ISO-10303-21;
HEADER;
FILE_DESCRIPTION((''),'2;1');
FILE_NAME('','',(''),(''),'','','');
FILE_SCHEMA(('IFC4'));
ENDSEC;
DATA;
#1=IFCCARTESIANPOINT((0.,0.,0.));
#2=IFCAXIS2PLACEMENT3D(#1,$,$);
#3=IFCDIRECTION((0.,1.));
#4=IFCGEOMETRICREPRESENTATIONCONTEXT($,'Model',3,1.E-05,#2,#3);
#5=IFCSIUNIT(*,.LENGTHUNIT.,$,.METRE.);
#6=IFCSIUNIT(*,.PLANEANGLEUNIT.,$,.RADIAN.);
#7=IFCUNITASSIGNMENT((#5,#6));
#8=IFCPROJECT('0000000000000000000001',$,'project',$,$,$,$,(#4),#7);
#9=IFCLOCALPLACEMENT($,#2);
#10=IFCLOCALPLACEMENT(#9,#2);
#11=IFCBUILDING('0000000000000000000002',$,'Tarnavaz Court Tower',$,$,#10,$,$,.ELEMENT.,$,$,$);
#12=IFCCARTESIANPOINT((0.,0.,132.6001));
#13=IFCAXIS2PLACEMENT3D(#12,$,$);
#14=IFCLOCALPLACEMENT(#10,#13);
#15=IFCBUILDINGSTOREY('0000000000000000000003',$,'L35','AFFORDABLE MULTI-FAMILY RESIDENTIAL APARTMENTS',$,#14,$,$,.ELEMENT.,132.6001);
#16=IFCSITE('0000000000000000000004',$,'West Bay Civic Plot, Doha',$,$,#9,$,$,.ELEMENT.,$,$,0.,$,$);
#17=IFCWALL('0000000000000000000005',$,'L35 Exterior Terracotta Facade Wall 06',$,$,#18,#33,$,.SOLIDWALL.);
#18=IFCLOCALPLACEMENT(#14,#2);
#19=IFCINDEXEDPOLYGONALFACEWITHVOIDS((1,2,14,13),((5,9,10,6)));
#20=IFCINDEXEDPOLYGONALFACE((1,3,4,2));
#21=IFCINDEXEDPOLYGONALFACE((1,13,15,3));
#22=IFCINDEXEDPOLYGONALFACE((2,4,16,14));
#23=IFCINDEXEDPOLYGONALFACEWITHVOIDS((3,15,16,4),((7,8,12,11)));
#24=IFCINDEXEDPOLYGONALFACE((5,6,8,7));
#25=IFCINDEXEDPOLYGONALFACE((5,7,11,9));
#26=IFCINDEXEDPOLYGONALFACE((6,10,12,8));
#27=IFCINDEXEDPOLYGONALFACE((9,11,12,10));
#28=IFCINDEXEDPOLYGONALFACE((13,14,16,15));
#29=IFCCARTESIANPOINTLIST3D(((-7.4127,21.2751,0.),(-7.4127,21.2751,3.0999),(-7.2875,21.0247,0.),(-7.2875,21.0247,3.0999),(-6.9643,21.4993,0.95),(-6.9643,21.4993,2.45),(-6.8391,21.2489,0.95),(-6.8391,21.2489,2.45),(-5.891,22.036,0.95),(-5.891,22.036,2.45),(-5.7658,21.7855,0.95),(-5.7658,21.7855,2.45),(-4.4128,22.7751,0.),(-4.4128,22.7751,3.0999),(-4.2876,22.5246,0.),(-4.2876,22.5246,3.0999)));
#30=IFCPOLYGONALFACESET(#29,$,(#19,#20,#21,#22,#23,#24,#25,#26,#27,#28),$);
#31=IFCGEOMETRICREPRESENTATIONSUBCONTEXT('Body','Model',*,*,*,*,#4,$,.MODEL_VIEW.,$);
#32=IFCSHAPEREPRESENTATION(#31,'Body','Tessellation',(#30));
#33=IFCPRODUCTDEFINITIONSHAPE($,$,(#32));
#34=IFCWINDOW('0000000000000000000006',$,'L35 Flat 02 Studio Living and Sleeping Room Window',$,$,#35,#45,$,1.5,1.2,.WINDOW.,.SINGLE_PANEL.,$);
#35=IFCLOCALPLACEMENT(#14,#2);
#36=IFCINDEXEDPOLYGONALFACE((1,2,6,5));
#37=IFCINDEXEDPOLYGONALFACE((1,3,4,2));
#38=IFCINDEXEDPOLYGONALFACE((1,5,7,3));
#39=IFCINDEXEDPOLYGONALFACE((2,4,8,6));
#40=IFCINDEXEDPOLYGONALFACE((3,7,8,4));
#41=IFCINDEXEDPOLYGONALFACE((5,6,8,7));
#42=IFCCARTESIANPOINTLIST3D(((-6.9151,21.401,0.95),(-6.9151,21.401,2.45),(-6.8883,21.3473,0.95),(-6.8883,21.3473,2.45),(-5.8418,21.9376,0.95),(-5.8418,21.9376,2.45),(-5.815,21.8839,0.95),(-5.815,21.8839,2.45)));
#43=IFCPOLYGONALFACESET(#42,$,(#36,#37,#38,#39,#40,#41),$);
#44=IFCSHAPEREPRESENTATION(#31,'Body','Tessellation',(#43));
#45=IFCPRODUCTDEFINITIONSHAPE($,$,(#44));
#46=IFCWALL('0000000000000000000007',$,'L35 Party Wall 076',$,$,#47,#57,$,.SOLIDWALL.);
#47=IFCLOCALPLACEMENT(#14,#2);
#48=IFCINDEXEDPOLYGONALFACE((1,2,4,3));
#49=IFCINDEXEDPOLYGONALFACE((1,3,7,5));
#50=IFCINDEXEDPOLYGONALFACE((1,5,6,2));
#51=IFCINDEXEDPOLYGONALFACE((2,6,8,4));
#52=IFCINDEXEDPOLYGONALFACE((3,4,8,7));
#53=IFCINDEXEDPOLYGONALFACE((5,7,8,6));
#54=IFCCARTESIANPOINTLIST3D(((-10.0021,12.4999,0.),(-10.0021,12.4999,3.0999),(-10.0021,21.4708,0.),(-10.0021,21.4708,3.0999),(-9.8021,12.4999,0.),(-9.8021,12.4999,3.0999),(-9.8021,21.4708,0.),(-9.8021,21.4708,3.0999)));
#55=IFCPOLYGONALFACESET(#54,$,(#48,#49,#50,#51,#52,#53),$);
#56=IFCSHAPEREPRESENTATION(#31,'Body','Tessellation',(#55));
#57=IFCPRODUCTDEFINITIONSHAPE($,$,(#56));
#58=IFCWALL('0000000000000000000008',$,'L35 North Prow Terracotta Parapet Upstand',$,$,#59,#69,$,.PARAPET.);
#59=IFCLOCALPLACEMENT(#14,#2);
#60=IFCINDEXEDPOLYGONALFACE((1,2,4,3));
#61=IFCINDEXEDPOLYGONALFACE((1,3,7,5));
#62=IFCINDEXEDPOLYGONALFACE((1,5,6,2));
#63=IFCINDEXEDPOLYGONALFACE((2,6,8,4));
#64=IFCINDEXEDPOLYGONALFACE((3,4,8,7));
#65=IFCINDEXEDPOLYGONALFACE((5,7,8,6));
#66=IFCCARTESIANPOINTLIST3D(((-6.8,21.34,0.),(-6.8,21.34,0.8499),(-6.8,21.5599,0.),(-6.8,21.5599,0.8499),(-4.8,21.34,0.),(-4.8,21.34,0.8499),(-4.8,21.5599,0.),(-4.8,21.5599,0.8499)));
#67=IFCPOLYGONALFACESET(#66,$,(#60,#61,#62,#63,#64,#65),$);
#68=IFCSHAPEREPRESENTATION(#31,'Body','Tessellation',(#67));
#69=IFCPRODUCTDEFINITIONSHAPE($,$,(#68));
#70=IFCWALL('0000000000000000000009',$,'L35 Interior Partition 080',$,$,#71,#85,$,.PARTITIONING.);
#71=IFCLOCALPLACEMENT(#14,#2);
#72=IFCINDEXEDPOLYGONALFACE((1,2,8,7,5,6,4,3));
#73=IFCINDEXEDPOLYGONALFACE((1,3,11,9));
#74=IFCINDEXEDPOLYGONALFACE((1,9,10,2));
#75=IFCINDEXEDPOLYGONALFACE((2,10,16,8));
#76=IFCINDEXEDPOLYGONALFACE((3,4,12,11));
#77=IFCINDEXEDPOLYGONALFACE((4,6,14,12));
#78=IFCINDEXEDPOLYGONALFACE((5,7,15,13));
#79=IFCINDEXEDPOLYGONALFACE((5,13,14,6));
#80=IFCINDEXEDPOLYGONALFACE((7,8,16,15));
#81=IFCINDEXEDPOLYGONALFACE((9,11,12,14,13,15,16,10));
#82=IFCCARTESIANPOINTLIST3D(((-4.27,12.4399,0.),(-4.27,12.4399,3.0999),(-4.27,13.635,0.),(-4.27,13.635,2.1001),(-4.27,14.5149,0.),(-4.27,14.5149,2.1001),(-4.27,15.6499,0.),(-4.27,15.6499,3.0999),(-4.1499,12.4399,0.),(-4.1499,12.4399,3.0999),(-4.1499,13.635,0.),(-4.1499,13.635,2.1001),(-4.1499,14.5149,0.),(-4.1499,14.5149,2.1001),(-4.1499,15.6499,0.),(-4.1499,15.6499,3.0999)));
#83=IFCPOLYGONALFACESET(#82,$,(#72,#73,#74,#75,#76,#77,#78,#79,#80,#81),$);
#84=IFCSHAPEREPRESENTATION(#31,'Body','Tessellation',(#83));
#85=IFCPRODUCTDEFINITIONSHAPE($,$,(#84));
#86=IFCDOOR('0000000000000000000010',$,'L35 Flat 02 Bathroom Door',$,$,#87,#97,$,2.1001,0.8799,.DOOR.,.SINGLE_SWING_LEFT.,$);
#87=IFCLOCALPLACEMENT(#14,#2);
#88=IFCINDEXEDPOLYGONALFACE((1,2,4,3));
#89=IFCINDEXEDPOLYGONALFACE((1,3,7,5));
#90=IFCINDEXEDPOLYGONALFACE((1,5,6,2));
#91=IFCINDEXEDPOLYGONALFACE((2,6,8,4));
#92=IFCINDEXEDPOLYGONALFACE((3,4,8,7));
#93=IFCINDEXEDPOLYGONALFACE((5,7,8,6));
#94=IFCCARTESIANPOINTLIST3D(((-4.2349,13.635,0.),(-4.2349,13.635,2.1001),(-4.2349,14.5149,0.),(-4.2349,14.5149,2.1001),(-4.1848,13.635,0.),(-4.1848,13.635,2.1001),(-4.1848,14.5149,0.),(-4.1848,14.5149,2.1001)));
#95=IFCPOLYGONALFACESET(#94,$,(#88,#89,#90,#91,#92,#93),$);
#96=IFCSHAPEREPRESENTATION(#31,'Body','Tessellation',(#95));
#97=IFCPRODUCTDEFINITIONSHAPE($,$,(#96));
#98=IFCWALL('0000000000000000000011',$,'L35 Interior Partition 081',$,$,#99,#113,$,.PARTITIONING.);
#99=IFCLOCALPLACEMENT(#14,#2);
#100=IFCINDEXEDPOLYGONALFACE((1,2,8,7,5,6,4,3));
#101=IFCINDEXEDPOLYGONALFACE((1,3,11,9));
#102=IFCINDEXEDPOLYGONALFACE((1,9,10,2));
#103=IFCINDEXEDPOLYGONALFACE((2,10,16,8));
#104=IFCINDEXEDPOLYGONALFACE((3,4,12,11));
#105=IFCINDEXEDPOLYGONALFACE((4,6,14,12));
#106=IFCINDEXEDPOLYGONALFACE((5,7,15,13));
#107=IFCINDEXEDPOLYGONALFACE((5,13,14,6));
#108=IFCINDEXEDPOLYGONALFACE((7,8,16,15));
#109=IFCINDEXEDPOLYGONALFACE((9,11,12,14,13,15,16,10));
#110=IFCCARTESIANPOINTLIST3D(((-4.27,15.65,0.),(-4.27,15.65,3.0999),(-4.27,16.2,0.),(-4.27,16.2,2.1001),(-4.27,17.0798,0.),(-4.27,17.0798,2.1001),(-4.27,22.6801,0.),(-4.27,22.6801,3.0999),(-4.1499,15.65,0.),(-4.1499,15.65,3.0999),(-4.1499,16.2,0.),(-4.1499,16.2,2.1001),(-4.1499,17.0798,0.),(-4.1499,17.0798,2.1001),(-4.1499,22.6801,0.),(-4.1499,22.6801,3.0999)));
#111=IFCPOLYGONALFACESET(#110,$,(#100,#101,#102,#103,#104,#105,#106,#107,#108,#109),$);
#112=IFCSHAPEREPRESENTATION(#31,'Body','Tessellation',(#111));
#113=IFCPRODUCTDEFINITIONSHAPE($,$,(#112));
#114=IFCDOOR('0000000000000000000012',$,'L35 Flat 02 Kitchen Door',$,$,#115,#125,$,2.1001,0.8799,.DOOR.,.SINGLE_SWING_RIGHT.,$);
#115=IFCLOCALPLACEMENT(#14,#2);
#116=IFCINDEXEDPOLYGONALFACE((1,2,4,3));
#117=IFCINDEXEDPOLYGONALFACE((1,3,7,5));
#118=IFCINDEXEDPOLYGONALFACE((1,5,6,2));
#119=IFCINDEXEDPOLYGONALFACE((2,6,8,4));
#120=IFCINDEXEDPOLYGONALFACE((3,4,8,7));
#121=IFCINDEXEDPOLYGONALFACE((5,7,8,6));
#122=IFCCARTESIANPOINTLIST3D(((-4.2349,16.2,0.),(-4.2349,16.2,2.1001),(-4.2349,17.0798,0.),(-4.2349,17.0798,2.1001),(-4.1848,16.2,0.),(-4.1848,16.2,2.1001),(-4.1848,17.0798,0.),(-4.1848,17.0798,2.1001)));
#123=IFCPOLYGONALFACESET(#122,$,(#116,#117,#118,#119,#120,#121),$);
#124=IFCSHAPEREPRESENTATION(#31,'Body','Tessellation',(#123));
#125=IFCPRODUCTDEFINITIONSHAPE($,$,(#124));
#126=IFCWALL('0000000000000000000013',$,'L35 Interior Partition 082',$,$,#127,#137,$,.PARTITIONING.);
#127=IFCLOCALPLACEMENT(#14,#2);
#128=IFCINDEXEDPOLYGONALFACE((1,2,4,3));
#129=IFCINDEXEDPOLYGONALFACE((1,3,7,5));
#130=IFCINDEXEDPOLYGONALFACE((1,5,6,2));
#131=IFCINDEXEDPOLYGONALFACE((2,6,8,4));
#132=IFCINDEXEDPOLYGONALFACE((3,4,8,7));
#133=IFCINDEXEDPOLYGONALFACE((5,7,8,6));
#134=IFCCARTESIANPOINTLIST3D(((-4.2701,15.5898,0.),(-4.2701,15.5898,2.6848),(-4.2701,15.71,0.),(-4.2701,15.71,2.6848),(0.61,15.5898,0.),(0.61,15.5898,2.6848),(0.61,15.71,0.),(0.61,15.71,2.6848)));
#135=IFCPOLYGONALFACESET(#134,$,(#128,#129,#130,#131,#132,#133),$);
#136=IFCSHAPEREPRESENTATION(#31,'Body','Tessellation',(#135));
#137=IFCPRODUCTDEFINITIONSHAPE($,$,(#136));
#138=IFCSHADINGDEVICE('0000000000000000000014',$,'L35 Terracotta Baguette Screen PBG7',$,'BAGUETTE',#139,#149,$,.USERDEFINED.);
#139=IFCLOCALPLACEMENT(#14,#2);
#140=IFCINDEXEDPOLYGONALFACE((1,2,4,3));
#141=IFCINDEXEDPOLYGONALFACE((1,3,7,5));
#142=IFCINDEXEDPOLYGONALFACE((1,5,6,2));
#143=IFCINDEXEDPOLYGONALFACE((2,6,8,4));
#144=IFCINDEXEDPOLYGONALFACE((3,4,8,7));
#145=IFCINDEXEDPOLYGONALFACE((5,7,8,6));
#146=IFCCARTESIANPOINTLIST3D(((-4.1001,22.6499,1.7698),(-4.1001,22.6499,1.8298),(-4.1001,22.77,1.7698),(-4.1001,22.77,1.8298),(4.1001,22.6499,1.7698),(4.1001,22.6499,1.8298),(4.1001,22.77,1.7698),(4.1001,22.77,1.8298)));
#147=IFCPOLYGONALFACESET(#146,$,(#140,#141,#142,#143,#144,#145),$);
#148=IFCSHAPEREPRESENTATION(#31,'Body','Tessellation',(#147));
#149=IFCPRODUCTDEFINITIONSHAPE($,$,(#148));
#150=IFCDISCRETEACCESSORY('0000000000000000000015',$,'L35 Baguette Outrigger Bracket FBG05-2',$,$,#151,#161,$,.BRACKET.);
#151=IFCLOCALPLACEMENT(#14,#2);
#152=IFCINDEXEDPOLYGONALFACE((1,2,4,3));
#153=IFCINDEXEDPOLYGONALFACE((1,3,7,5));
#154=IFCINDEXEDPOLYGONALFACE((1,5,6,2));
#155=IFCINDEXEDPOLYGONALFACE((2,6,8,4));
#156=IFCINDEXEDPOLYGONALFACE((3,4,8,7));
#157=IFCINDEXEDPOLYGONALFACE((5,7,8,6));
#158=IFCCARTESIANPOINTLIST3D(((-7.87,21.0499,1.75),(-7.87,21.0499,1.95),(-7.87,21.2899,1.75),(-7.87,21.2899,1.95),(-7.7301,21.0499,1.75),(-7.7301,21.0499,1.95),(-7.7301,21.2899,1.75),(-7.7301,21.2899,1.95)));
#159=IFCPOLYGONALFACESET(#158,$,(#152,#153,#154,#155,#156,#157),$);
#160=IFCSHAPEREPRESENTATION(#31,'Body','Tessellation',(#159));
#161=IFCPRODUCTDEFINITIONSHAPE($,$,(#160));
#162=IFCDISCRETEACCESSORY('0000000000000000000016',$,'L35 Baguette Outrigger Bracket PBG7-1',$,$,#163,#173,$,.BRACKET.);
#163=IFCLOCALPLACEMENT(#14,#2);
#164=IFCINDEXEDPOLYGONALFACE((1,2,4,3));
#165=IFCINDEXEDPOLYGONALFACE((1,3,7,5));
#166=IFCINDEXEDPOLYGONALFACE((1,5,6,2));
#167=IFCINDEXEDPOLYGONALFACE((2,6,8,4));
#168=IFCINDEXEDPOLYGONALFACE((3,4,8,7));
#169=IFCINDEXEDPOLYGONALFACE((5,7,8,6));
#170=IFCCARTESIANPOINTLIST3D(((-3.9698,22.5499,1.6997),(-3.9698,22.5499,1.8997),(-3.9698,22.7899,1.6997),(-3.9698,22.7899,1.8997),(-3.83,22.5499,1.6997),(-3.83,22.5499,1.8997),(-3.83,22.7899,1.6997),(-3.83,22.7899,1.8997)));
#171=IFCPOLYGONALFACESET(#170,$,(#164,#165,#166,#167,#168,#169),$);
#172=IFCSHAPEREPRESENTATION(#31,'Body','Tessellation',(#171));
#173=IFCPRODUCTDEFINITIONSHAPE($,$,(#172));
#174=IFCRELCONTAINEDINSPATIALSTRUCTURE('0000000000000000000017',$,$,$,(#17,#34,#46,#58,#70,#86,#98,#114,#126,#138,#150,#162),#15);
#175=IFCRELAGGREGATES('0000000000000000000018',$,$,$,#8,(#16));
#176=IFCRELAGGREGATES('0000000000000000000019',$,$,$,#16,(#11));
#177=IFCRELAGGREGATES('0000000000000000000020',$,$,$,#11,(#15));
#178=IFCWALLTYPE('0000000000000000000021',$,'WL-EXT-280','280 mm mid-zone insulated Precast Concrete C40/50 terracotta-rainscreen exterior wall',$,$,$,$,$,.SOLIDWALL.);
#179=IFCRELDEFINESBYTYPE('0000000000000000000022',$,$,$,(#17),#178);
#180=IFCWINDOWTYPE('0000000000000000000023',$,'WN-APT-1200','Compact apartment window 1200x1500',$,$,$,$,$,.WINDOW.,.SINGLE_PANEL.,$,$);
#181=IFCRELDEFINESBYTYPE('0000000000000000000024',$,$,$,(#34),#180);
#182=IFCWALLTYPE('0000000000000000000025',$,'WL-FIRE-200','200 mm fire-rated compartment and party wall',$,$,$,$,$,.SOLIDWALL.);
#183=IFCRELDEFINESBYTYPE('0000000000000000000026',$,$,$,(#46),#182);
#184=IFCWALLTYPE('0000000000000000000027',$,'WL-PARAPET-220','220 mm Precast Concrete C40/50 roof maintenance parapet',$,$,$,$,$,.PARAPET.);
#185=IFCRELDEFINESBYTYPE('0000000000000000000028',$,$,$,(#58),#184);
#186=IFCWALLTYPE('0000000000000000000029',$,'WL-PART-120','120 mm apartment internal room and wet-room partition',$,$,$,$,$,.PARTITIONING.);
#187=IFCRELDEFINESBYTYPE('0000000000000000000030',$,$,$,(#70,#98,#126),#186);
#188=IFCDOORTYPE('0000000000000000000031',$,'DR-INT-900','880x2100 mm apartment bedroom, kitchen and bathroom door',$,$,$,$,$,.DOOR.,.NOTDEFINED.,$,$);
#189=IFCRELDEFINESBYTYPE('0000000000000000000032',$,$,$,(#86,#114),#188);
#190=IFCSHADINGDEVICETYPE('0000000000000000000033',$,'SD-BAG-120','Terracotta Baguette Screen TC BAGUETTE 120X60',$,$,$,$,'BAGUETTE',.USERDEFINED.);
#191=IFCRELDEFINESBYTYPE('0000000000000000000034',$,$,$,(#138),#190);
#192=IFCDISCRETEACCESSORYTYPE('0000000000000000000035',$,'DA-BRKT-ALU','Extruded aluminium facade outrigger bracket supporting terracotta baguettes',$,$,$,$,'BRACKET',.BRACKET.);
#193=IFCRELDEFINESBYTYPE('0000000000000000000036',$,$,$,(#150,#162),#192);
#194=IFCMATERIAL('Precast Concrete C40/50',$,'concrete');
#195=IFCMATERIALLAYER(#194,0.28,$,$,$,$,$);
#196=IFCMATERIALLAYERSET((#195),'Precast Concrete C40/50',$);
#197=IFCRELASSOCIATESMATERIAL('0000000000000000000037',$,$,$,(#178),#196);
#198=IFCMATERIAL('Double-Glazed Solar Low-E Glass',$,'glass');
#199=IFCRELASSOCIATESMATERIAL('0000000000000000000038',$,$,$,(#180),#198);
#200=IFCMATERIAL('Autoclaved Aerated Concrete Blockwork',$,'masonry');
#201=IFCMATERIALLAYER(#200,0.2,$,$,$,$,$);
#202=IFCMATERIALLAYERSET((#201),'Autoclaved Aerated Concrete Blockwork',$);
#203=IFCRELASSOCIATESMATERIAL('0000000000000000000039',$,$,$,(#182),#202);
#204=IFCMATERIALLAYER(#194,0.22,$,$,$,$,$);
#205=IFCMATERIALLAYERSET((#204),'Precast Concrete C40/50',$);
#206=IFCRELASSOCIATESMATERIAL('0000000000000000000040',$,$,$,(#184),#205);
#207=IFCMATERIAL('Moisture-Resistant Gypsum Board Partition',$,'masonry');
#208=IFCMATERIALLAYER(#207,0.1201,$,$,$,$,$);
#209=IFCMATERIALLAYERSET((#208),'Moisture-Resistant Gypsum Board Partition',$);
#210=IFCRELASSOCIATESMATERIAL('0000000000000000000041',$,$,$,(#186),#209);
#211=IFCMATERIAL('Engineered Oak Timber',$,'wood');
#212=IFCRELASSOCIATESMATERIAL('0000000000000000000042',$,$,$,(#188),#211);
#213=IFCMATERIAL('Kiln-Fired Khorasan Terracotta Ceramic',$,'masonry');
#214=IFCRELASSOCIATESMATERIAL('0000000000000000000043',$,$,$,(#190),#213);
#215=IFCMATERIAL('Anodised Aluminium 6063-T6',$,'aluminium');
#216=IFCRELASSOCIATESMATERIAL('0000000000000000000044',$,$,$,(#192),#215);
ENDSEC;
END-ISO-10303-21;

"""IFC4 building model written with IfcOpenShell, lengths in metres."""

from ifc_helpers import new_model, si_unit, direction, frame, frame_2d, origin, origin_2d, place, context, subcontext, project, spatial, rectangle, extrude, material, layer, layer_set, material_profile, profile_set, type_object, element, fill, save


model = new_model("IFC4")

# Units and contexts
model_context = context("Model", 3, precision=1e-05, world=origin(), true_north=direction((0.0, 1.0)))
body_context = subcontext(model_context, "Body", "Model", "MODEL_VIEW")
ifc_project = project(units=[si_unit("LENGTHUNIT", "METRE"), si_unit("PLANEANGLEUNIT", "RADIAN")], contexts=[model_context])

# Site, building, storey
site_placement = place(None, origin())
site = spatial("IfcSite", under=ifc_project, at=site_placement, Name="West Bay Civic Plot, Doha", CompositionType="ELEMENT", RefElevation=0.0)
building_placement = place(site_placement, origin())
building = spatial("IfcBuilding", under=site, at=building_placement, Name="Tarnavaz Court Tower", CompositionType="ELEMENT")
storey_placement = place(building_placement, frame((0.0, 0.0, 132.6001)))
storey = spatial("IfcBuildingStorey", under=building, at=storey_placement, Name="L35", Description="AFFORDABLE MULTI-FAMILY RESIDENTIAL APARTMENTS", CompositionType="ELEMENT", Elevation=132.6001)

# Shared definitions
ifc_material_1 = material(Name="Anodised Aluminium 6063-T6", Category="aluminium")
ifc_material_2 = material(Name="Double-Glazed Solar Low-E Glass", Category="glass")

# Wall, opening, window
ifc_material_3 = material(Name="Precast Concrete C40/50", Category="concrete")
ifc_layer_1 = layer(ifc_material_3, 0.28)
ifc_layer_set_1 = layer_set([ifc_layer_1], Name="Precast Concrete C40/50")
wall_type_1 = type_object("IfcWallType", Name="WL-EXT-280", Description="280 mm mid-zone insulated Precast Concrete C40/50 terracotta-rainscreen exterior wall", PredefinedType="SOLIDWALL", material=ifc_layer_set_1)
wall_1_placement = place(storey_placement, frame((-7.3501, 21.1499, 0.0), z_axis=(0.0, 0.0, 1.0), x_axis=(0.894427, 0.447214, 0.0)))
wall_1 = element("IfcWall", 1, at=wall_1_placement, inside=storey, type_object=wall_type_1, Name="L35 Exterior Terracotta Facade Wall 06", PredefinedType="SOLIDWALL", context=body_context, shape_type="SweptSolid", body=[
    extrude(rectangle(XDim=3.354, YDim=0.28, at=frame_2d((1.677, 0.0))), origin(), (0.0, 0.0, 1.0), 3.0999),
])
opening_1_placement = place(wall_1_placement, frame((0.5012, 0.0, 0.95)))
opening_1 = element("IfcOpeningElement", 2, at=opening_1_placement, cuts=wall_1, PredefinedType="OPENING", context=body_context, shape_type="SweptSolid", body=[
    extrude(rectangle(XDim=1.2, YDim=1.5, at=frame_2d((0.6001, 0.75))), frame((0.0, 0.1499, 0.0), z_axis=(0.0, -1.0, 0.0), x_axis=(1.0, 0.0, 0.0)), (0.0, 0.0, 1.0), 0.3),
])
window_type = type_object("IfcWindowType", Name="WN-APT-1200", Description="Compact apartment window 1200x1500", PartitioningType="SINGLE_PANEL", PredefinedType="WINDOW", material=ifc_material_2)
window_placement = place(opening_1_placement, origin())
window = element("IfcWindow", 3, at=window_placement, inside=storey, type_object=window_type, Name="L35 Flat 02 Studio Living and Sleeping Room Window", OverallHeight=1.5, OverallWidth=1.2, PartitioningType="SINGLE_PANEL", PredefinedType="WINDOW", context=body_context, shape_type="SweptSolid", body=[
    extrude(rectangle(XDim=1.2, YDim=1.5, at=frame_2d((0.6001, 0.75))), frame((0.0, 0.03, 0.0), z_axis=(0.0, -1.0, 0.0), x_axis=(1.0, 0.0, 0.0)), (0.0, 0.0, 1.0), 0.0601),
])
fill(opening_1, window)

# Walls
ifc_material_4 = material(Name="Autoclaved Aerated Concrete Blockwork", Category="masonry")
ifc_layer_2 = layer(ifc_material_4, 0.2)
ifc_layer_set_2 = layer_set([ifc_layer_2], Name="Autoclaved Aerated Concrete Blockwork")
wall_type_2 = type_object("IfcWallType", Name="WL-FIRE-200", Description="200 mm fire-rated compartment and party wall", PredefinedType="SOLIDWALL", material=ifc_layer_set_2)
wall_2_placement = place(storey_placement, frame((-9.9021, 12.5, 0.0), z_axis=(0.0, 0.0, 1.0), x_axis=(0.0, 1.0, 0.0)))
element("IfcWall", 4, at=wall_2_placement, inside=storey, type_object=wall_type_2, Name="L35 Party Wall 076", PredefinedType="SOLIDWALL", context=body_context, shape_type="SweptSolid", body=[
    extrude(rectangle(XDim=8.9709, YDim=0.2, at=frame_2d((4.4854, 0.0))), origin(), (0.0, 0.0, 1.0), 3.0999),
])
ifc_layer_3 = layer(ifc_material_3, 0.22)
ifc_layer_set_3 = layer_set([ifc_layer_3], Name="Precast Concrete C40/50")
wall_type_3 = type_object("IfcWallType", Name="WL-PARAPET-220", Description="220 mm Precast Concrete C40/50 roof maintenance parapet", PredefinedType="PARAPET", material=ifc_layer_set_3)
wall_3_placement = place(storey_placement, frame((-6.8, 21.45, 0.0), z_axis=(0.0, 0.0, 1.0), x_axis=(1.0, 0.0, 0.0)))
element("IfcWall", 5, at=wall_3_placement, inside=storey, type_object=wall_type_3, Name="L35 North Prow Terracotta Parapet Upstand", PredefinedType="PARAPET", context=body_context, shape_type="SweptSolid", body=[
    extrude(rectangle(XDim=2.0, YDim=0.22, at=frame_2d((1.0, 0.0))), origin(), (0.0, 0.0, 1.0), 0.8499),
])

# Walls, openings, doors
ifc_material_5 = material(Name="Moisture-Resistant Gypsum Board Partition", Category="masonry")
ifc_layer_4 = layer(ifc_material_5, 0.1201)
ifc_layer_set_4 = layer_set([ifc_layer_4], Name="Moisture-Resistant Gypsum Board Partition")
wall_type_4 = type_object("IfcWallType", Name="WL-PART-120", Description="120 mm apartment internal room and wet-room partition", PredefinedType="PARTITIONING", material=ifc_layer_set_4)
wall_4_placement = place(storey_placement, frame((-4.21, 12.4399, 0.0), z_axis=(0.0, 0.0, 1.0), x_axis=(0.0, 1.0, 0.0)))
wall_4 = element("IfcWall", 6, at=wall_4_placement, inside=storey, type_object=wall_type_4, Name="L35 Interior Partition 080", PredefinedType="PARTITIONING", context=body_context, shape_type="SweptSolid", body=[
    extrude(rectangle(XDim=3.21, YDim=0.1201, at=frame_2d((1.605, 0.0))), origin(), (0.0, 0.0, 1.0), 3.0999),
])
opening_2_placement = place(wall_4_placement, frame((1.1951, 0.0, 0.0)))
opening_2 = element("IfcOpeningElement", 7, at=opening_2_placement, cuts=wall_4, PredefinedType="OPENING", context=body_context, shape_type="SweptSolid", body=[
    extrude(rectangle(XDim=0.8799, YDim=2.1001, at=frame_2d((0.4399, 1.05))), frame((0.0, 0.0701, 0.0), z_axis=(0.0, -1.0, 0.0), x_axis=(1.0, 0.0, 0.0)), (0.0, 0.0, 1.0), 0.1401),
])
ifc_material_6 = material(Name="Engineered Oak Timber", Category="wood")
door_type = type_object("IfcDoorType", Name="DR-INT-900", Description="880x2100 mm apartment bedroom, kitchen and bathroom door", OperationType="NOTDEFINED", PredefinedType="DOOR", material=ifc_material_6)
door_1_placement = place(opening_2_placement, origin())
door_1 = element("IfcDoor", 8, at=door_1_placement, inside=storey, type_object=door_type, Name="L35 Flat 02 Bathroom Door", OperationType="SINGLE_SWING_LEFT", OverallHeight=2.1001, OverallWidth=0.8799, PredefinedType="DOOR", context=body_context, shape_type="SweptSolid", body=[
    extrude(rectangle(XDim=0.8799, YDim=2.1001, at=frame_2d((0.4399, 1.05))), frame((0.0, 0.0249, 0.0), z_axis=(0.0, -1.0, 0.0), x_axis=(1.0, 0.0, 0.0)), (0.0, 0.0, 1.0), 0.05),
])
fill(opening_2, door_1)
wall_5_placement = place(storey_placement, frame((-4.21, 15.6499, 0.0), z_axis=(0.0, 0.0, 1.0), x_axis=(0.0, 1.0, 0.0)))
wall_5 = element("IfcWall", 9, at=wall_5_placement, inside=storey, type_object=wall_type_4, Name="L35 Interior Partition 081", PredefinedType="PARTITIONING", context=body_context, shape_type="SweptSolid", body=[
    extrude(rectangle(XDim=7.03, YDim=0.1201, at=frame_2d((3.5151, 0.0))), origin(), (0.0, 0.0, 1.0), 3.0999),
])
opening_3_placement = place(wall_5_placement, frame((0.55, 0.0, 0.0)))
opening_3 = element("IfcOpeningElement", 10, at=opening_3_placement, cuts=wall_5, PredefinedType="OPENING", context=body_context, shape_type="SweptSolid", body=[
    extrude(rectangle(XDim=0.8799, YDim=2.1001, at=frame_2d((0.4399, 1.05))), frame((0.0, 0.0701, 0.0), z_axis=(0.0, -1.0, 0.0), x_axis=(1.0, 0.0, 0.0)), (0.0, 0.0, 1.0), 0.1401),
])
door_2_placement = place(opening_3_placement, origin())
door_2 = element("IfcDoor", 11, at=door_2_placement, inside=storey, type_object=door_type, Name="L35 Flat 02 Kitchen Door", OperationType="SINGLE_SWING_RIGHT", OverallHeight=2.1001, OverallWidth=0.8799, PredefinedType="DOOR", context=body_context, shape_type="SweptSolid", body=[
    extrude(rectangle(XDim=0.8799, YDim=2.1001, at=frame_2d((0.4399, 1.05))), frame((0.0, 0.0249, 0.0), z_axis=(0.0, -1.0, 0.0), x_axis=(1.0, 0.0, 0.0)), (0.0, 0.0, 1.0), 0.05),
])
fill(opening_3, door_2)

# Wall
wall_6_placement = place(storey_placement, frame((-4.27, 15.6499, 0.0), z_axis=(0.0, 0.0, 1.0), x_axis=(1.0, 0.0, 0.0)))
element("IfcWall", 12, at=wall_6_placement, inside=storey, type_object=wall_type_4, Name="L35 Interior Partition 082", PredefinedType="PARTITIONING", context=body_context, shape_type="SweptSolid", body=[
    extrude(rectangle(XDim=4.8801, YDim=0.1201, at=frame_2d((2.4399, 0.0))), origin(), (0.0, 0.0, 1.0), 2.6848),
])

# Shading device
ifc_material_7 = material(Name="Kiln-Fired Khorasan Terracotta Ceramic", Category="masonry")
ifc_material_profile_1 = material_profile(ifc_material_7, rectangle(XDim=0.1201, YDim=0.0601, at=origin_2d()), Name="TC BAGUETTE 120X60")
ifc_profile_set_1 = profile_set([ifc_material_profile_1], Name="Kiln-Fired Khorasan Terracotta Ceramic")
shading_device_type = type_object("IfcShadingDeviceType", Name="SD-BAG-120", Description="Terracotta Baguette Screen TC BAGUETTE 120X60", ElementType="BAGUETTE", PredefinedType="USERDEFINED", material=ifc_profile_set_1)
shading_device_placement = place(storey_placement, frame((-4.1001, 22.71, 1.7998), z_axis=(1.0, 0.0, 0.0), x_axis=(0.0, 1.0, 0.0)))
element("IfcShadingDevice", 13, at=shading_device_placement, inside=storey, type_object=shading_device_type, Name="L35 Terracotta Baguette Screen PBG7", ObjectType="BAGUETTE", PredefinedType="USERDEFINED", context=body_context, shape_type="SweptSolid", body=[
    extrude(rectangle(XDim=0.1201, YDim=0.0601, at=origin_2d()), origin(), (0.0, 0.0, 1.0), 8.2002),
])

# Discrete accessories
discrete_accessory_type = type_object("IfcDiscreteAccessoryType", Name="DA-BRKT-ALU", Description="Extruded aluminium facade outrigger bracket supporting terracotta baguettes", ElementType="BRACKET", PredefinedType="BRACKET", material=ifc_material_1)
for number, where, z_axis, x_axis, name in (
    (14, (-7.8, 21.1699, 1.75), (0.0, 0.0, 1.0), (1.0, 0.0, 0.0), "L35 Baguette Outrigger Bracket FBG05-2"),
    (15, (-3.8999, 22.6699, 1.6997), (0.0, 0.0, 1.0), (1.0, 0.0, 0.0), "L35 Baguette Outrigger Bracket PBG7-1"),
):
    element("IfcDiscreteAccessory", number, at=place(storey_placement, frame(where, z_axis=z_axis, x_axis=x_axis)), inside=storey, type_object=discrete_accessory_type, Name=name, PredefinedType="BRACKET", context=body_context, shape_type="SweptSolid", body=[
        extrude(rectangle(XDim=0.1399, YDim=0.24, at=origin_2d()), origin(), (0.0, 0.0, 1.0), 0.2),
    ])

save(model, "model.ifc")
